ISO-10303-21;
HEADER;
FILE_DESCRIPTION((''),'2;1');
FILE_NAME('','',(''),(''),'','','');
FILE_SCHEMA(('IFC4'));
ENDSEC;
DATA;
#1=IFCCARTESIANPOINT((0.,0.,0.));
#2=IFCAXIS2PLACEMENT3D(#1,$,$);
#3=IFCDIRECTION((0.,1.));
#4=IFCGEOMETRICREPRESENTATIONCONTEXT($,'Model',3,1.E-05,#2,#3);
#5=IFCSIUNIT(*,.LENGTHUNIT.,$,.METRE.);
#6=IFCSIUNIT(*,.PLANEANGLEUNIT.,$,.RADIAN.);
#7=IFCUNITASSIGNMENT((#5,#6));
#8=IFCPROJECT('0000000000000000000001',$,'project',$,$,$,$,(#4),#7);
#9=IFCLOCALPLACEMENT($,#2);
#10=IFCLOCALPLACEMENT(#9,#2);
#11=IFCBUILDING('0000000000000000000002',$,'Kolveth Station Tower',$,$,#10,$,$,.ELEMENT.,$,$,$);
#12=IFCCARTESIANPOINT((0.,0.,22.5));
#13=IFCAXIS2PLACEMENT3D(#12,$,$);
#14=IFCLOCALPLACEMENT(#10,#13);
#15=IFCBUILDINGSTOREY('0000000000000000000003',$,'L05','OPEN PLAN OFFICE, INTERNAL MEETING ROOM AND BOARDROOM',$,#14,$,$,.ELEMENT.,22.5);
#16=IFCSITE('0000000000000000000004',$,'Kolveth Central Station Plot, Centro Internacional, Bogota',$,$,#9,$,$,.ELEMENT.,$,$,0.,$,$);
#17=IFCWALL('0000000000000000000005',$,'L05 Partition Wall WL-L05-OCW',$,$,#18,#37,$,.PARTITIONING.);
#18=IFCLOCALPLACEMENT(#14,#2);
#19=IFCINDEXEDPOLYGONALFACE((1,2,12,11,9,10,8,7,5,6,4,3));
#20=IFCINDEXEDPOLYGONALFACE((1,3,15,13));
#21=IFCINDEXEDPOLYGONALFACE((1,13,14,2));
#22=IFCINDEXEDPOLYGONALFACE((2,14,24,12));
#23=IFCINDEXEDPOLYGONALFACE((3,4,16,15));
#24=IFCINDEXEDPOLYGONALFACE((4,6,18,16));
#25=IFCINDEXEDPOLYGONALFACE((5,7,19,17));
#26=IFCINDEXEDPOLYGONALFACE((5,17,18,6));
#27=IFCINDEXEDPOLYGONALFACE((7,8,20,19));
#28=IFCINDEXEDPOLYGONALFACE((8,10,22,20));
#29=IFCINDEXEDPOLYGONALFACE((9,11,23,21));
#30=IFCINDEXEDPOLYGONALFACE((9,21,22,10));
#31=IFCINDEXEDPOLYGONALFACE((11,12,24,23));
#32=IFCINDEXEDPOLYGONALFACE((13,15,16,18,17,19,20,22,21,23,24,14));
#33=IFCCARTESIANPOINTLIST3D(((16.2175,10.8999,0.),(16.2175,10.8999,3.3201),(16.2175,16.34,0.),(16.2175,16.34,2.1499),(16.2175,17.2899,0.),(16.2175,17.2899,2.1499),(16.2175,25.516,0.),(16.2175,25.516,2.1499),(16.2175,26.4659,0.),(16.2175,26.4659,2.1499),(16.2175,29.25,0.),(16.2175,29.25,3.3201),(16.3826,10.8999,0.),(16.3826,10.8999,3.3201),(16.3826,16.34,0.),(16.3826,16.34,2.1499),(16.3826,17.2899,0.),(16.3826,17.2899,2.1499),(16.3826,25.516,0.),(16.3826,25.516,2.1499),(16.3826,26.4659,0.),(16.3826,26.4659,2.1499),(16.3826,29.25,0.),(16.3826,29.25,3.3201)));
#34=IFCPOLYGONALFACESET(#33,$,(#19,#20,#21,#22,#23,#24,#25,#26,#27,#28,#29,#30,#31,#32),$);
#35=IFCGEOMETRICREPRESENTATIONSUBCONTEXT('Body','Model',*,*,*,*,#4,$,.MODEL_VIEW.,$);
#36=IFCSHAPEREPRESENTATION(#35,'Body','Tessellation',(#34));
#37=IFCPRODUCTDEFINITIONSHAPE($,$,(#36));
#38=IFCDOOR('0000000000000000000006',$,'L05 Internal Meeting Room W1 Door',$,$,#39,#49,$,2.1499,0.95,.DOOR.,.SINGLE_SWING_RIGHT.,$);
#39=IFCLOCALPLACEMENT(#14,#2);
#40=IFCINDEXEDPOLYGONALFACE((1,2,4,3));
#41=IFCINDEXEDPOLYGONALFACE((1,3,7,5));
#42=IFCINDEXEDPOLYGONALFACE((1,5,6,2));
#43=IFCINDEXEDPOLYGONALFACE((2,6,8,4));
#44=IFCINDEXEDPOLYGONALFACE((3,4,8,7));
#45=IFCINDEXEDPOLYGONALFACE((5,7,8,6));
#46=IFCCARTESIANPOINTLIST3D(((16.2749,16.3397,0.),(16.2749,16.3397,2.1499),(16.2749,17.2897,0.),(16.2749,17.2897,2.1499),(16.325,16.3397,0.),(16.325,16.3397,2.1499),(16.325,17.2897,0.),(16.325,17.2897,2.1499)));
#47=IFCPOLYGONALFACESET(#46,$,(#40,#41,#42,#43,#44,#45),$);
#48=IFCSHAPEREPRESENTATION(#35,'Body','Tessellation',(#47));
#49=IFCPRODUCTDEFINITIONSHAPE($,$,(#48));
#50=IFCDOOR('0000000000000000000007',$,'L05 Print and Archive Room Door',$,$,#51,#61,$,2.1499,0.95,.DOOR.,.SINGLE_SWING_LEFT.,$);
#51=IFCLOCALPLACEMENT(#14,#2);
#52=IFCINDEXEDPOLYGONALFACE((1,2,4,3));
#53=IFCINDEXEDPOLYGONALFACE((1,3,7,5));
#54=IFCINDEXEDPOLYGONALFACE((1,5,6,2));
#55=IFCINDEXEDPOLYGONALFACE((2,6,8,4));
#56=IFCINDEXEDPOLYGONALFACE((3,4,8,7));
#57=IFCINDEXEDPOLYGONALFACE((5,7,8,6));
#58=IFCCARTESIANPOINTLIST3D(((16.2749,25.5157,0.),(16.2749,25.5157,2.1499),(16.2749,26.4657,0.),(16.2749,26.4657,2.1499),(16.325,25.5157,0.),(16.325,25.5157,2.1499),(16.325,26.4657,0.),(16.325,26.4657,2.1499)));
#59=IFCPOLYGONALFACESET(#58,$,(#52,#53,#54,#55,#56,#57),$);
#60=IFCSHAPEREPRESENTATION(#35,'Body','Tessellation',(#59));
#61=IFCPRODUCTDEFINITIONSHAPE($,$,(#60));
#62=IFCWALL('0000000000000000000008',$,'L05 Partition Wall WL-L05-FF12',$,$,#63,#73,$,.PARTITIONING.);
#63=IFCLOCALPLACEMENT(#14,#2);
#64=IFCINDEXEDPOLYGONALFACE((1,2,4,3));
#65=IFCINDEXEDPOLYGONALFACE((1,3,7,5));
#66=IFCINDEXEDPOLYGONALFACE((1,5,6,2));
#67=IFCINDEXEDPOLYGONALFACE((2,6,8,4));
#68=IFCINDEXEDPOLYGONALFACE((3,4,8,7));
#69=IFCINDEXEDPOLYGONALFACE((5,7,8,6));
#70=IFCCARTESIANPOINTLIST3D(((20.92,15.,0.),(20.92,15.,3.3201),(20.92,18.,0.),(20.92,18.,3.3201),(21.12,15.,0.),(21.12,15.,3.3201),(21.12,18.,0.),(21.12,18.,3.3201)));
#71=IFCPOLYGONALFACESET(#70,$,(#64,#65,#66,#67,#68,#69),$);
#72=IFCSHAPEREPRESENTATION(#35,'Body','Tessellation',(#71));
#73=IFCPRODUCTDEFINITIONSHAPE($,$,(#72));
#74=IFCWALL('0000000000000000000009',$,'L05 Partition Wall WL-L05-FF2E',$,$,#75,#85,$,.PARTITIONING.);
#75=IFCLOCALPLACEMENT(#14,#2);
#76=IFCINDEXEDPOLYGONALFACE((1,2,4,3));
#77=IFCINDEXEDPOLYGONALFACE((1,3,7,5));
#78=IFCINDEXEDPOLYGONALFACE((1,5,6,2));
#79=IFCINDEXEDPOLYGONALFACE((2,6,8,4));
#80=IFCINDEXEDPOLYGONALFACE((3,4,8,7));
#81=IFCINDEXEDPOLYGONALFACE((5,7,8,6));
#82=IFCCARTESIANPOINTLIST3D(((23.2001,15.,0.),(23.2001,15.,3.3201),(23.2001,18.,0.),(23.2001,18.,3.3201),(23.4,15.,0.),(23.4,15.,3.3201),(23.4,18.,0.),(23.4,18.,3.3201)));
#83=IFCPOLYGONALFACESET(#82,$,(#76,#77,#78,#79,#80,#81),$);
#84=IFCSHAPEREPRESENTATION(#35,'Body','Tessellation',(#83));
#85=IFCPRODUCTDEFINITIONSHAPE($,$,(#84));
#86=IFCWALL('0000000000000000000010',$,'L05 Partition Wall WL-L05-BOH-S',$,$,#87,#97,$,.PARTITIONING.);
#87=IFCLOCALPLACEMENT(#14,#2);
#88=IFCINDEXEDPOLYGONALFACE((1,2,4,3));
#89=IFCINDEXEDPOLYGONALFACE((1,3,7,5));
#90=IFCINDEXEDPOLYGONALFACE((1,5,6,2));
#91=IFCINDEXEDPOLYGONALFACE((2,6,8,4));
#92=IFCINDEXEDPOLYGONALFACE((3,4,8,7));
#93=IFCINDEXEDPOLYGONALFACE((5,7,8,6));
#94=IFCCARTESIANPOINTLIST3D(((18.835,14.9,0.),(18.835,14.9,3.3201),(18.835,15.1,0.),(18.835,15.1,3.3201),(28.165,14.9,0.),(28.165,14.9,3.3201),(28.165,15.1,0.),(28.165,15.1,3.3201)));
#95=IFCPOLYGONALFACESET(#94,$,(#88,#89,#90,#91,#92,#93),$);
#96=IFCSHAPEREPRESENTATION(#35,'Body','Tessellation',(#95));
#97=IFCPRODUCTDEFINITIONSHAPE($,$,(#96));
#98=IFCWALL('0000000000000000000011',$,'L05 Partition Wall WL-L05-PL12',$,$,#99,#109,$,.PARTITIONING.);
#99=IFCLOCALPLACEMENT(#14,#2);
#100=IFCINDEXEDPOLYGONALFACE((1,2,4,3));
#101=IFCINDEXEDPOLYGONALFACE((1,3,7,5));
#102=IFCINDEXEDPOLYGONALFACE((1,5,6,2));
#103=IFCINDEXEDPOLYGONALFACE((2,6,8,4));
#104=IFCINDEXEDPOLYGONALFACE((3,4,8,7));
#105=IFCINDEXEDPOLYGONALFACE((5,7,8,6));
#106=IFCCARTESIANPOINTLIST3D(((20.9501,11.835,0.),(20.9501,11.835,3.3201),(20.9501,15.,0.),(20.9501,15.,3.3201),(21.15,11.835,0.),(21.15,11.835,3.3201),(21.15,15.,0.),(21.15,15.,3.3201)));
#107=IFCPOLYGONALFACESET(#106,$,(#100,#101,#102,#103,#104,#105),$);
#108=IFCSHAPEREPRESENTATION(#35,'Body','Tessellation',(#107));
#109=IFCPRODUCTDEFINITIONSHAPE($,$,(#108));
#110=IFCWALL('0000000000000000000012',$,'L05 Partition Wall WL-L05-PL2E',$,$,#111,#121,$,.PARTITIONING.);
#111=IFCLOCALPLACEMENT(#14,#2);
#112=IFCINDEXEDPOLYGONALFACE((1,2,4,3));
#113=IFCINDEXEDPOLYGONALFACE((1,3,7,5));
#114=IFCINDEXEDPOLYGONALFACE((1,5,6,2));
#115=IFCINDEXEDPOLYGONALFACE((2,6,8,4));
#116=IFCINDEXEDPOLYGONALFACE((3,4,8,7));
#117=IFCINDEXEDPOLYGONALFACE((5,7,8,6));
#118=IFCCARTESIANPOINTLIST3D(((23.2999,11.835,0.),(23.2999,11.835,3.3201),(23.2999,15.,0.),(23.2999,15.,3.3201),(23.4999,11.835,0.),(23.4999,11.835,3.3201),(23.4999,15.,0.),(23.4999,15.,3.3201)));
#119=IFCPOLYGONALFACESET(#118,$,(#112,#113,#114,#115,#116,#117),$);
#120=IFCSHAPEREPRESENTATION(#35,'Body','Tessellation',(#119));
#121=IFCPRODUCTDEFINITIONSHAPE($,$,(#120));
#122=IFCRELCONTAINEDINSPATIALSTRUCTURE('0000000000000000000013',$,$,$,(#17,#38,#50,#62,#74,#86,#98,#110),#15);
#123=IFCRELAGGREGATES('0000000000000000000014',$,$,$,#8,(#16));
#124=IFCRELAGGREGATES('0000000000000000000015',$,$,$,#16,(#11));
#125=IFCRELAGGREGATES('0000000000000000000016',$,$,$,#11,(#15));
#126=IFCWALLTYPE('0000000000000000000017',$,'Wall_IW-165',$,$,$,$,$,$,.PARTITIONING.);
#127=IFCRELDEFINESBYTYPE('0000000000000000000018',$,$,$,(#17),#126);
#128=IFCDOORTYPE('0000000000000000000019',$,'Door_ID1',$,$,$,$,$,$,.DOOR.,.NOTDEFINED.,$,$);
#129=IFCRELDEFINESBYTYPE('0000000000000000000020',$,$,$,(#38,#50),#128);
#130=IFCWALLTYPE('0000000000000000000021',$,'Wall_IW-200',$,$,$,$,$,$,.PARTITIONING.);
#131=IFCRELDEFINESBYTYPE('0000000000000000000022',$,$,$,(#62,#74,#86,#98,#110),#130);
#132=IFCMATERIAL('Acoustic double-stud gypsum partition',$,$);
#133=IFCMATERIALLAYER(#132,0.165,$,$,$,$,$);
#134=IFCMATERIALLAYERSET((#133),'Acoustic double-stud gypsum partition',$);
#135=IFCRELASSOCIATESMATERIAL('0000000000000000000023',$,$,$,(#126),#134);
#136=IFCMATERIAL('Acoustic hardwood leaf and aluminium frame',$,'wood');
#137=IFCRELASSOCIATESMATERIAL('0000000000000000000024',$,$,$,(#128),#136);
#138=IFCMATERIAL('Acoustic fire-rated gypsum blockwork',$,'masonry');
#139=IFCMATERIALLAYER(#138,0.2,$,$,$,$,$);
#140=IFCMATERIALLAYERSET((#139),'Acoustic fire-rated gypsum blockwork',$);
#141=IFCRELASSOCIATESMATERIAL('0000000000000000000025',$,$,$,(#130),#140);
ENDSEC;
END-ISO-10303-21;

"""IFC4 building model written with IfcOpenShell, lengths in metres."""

from ifc_helpers import new_model, si_unit, direction, frame, frame_2d, origin, place, context, subcontext, project, spatial, rectangle, extrude, material, layer, layer_set, type_object, element, fill, save


model = new_model("IFC4")

# Units and contexts
model_context = context("Model", 3, precision=1e-05, world=origin(), true_north=direction((0.0, 1.0)))
body_context = subcontext(model_context, "Body", "Model", "MODEL_VIEW")
ifc_project = project(units=[si_unit("LENGTHUNIT", "METRE"), si_unit("PLANEANGLEUNIT", "RADIAN")], contexts=[model_context])

# Site, building, storey
site_placement = place(None, origin())
site = spatial("IfcSite", under=ifc_project, at=site_placement, Name="Kolveth Central Station Plot, Centro Internacional, Bogota", CompositionType="ELEMENT", RefElevation=0.0)
building_placement = place(site_placement, origin())
building = spatial("IfcBuilding", under=site, at=building_placement, Name="Kolveth Station Tower", CompositionType="ELEMENT")
storey_placement = place(building_placement, frame((0.0, 0.0, 22.5)))
storey = spatial("IfcBuildingStorey", under=building, at=storey_placement, Name="L05", Description="OPEN PLAN OFFICE, INTERNAL MEETING ROOM AND BOARDROOM", CompositionType="ELEMENT", Elevation=22.5)

# Wall, openings, doors
ifc_material_1 = material(Name="Acoustic double-stud gypsum partition")
ifc_layer_1 = layer(ifc_material_1, 0.165)
ifc_layer_set_1 = layer_set([ifc_layer_1], Name="Acoustic double-stud gypsum partition")
wall_type_1 = type_object("IfcWallType", Name="Wall_IW-165", PredefinedType="PARTITIONING", material=ifc_layer_set_1)
wall_1_placement = place(storey_placement, frame((16.3, 10.8999, 0.0), z_axis=(0.0, 0.0, 1.0), x_axis=(0.0, 1.0, 0.0)))
wall_1 = element("IfcWall", 1, at=wall_1_placement, inside=storey, type_object=wall_type_1, Name="L05 Partition Wall WL-L05-OCW", PredefinedType="PARTITIONING", context=body_context, shape_type="SweptSolid", body=[
    extrude(rectangle(XDim=18.3501, YDim=0.165, at=frame_2d((9.175, 0.0))), origin(), (0.0, 0.0, 1.0), 3.3201),
])
opening_1_placement = place(wall_1_placement, frame((5.4399, 0.0, 0.0)))
opening_1 = element("IfcOpeningElement", 2, at=opening_1_placement, cuts=wall_1, PredefinedType="OPENING", context=body_context, shape_type="SweptSolid", body=[
    extrude(rectangle(XDim=0.95, YDim=2.1499, at=frame_2d((0.4751, 1.075))), frame((0.0, 0.0925, 0.0), z_axis=(0.0, -1.0, 0.0), x_axis=(1.0, 0.0, 0.0)), (0.0, 0.0, 1.0), 0.1851),
])
opening_2_placement = place(wall_1_placement, frame((14.616, 0.0, 0.0)))
opening_2 = element("IfcOpeningElement", 3, at=opening_2_placement, cuts=wall_1, PredefinedType="OPENING", context=body_context, shape_type="SweptSolid", body=[
    extrude(rectangle(XDim=0.95, YDim=2.1499, at=frame_2d((0.4751, 1.075))), frame((0.0, 0.0925, 0.0), z_axis=(0.0, -1.0, 0.0), x_axis=(1.0, 0.0, 0.0)), (0.0, 0.0, 1.0), 0.1851),
])
ifc_material_2 = material(Name="Acoustic hardwood leaf and aluminium frame", Category="wood")
door_type_1 = type_object("IfcDoorType", Name="Door_ID1", OperationType="NOTDEFINED", PredefinedType="DOOR", material=ifc_material_2)
door_1_placement = place(opening_1_placement, frame((0.95, 0.0, 0.0), z_axis=(0.0, 0.0, 1.0), x_axis=(-1.0, 0.0, 0.0)))
door_1 = element("IfcDoor", 4, at=door_1_placement, inside=storey, type_object=door_type_1, Name="L05 Internal Meeting Room W1 Door", OperationType="SINGLE_SWING_RIGHT", OverallHeight=2.1499, OverallWidth=0.95, PredefinedType="DOOR", context=body_context, shape_type="SweptSolid", body=[
    extrude(rectangle(XDim=0.95, YDim=2.1499, at=frame_2d((0.4751, 1.075))), frame((0.0, 0.0249, 0.0), z_axis=(0.0, -1.0, 0.0), x_axis=(1.0, 0.0, 0.0)), (0.0, 0.0, 1.0), 0.05),
])
fill(opening_1, door_1)
door_2_placement = place(opening_2_placement, frame((0.95, 0.0, 0.0), z_axis=(0.0, 0.0, 1.0), x_axis=(-1.0, 0.0, 0.0)))
door_2 = element("IfcDoor", 5, at=door_2_placement, inside=storey, type_object=door_type_1, Name="L05 Print and Archive Room Door", OperationType="SINGLE_SWING_LEFT", OverallHeight=2.1499, OverallWidth=0.95, PredefinedType="DOOR", context=body_context, shape_type="SweptSolid", body=[
    extrude(rectangle(XDim=0.95, YDim=2.1499, at=frame_2d((0.4751, 1.075))), frame((0.0, 0.0249, 0.0), z_axis=(0.0, -1.0, 0.0), x_axis=(1.0, 0.0, 0.0)), (0.0, 0.0, 1.0), 0.05),
])
fill(opening_2, door_2)

# Walls
ifc_material_3 = material(Name="Acoustic fire-rated gypsum blockwork", Category="masonry")
ifc_layer_2 = layer(ifc_material_3, 0.2)
ifc_layer_set_2 = layer_set([ifc_layer_2], Name="Acoustic fire-rated gypsum blockwork")
wall_type_2 = type_object("IfcWallType", Name="Wall_IW-200", PredefinedType="PARTITIONING", material=ifc_layer_set_2)
for number, where, z_axis, x_axis, name in (
    (6, (21.02, 15.0, 0.0), (0.0, 0.0, 1.0), (0.0, 1.0, 0.0), "L05 Partition Wall WL-L05-FF12"),
    (7, (23.3, 15.0, 0.0), (0.0, 0.0, 1.0), (0.0, 1.0, 0.0), "L05 Partition Wall WL-L05-FF2E"),
):
    element("IfcWall", number, at=place(storey_placement, frame(where, z_axis=z_axis, x_axis=x_axis)), inside=storey, type_object=wall_type_2, Name=name, PredefinedType="PARTITIONING", context=body_context, shape_type="SweptSolid", body=[
        extrude(rectangle(XDim=3.0, YDim=0.2, at=frame_2d((1.5, 0.0))), origin(), (0.0, 0.0, 1.0), 3.3201),
    ])
wall_2_placement = place(storey_placement, frame((18.835, 15.0, 0.0), z_axis=(0.0, 0.0, 1.0), x_axis=(1.0, 0.0, 0.0)))
element("IfcWall", 8, at=wall_2_placement, inside=storey, type_object=wall_type_2, Name="L05 Partition Wall WL-L05-BOH-S", PredefinedType="PARTITIONING", context=body_context, shape_type="SweptSolid", body=[
    extrude(rectangle(XDim=9.3301, YDim=0.2, at=frame_2d((4.665, 0.0))), origin(), (0.0, 0.0, 1.0), 3.3201),
])
for number, where, z_axis, x_axis, name in (
    (9, (21.05, 11.835, 0.0), (0.0, 0.0, 1.0), (0.0, 1.0, 0.0), "L05 Partition Wall WL-L05-PL12"),
    (10, (23.3999, 11.835, 0.0), (0.0, 0.0, 1.0), (0.0, 1.0, 0.0), "L05 Partition Wall WL-L05-PL2E"),
):
    element("IfcWall", number, at=place(storey_placement, frame(where, z_axis=z_axis, x_axis=x_axis)), inside=storey, type_object=wall_type_2, Name=name, PredefinedType="PARTITIONING", context=body_context, shape_type="SweptSolid", body=[
        extrude(rectangle(XDim=3.165, YDim=0.2, at=frame_2d((1.5825, 0.0))), origin(), (0.0, 0.0, 1.0), 3.3201),
    ])

save(model, "model.ifc")
